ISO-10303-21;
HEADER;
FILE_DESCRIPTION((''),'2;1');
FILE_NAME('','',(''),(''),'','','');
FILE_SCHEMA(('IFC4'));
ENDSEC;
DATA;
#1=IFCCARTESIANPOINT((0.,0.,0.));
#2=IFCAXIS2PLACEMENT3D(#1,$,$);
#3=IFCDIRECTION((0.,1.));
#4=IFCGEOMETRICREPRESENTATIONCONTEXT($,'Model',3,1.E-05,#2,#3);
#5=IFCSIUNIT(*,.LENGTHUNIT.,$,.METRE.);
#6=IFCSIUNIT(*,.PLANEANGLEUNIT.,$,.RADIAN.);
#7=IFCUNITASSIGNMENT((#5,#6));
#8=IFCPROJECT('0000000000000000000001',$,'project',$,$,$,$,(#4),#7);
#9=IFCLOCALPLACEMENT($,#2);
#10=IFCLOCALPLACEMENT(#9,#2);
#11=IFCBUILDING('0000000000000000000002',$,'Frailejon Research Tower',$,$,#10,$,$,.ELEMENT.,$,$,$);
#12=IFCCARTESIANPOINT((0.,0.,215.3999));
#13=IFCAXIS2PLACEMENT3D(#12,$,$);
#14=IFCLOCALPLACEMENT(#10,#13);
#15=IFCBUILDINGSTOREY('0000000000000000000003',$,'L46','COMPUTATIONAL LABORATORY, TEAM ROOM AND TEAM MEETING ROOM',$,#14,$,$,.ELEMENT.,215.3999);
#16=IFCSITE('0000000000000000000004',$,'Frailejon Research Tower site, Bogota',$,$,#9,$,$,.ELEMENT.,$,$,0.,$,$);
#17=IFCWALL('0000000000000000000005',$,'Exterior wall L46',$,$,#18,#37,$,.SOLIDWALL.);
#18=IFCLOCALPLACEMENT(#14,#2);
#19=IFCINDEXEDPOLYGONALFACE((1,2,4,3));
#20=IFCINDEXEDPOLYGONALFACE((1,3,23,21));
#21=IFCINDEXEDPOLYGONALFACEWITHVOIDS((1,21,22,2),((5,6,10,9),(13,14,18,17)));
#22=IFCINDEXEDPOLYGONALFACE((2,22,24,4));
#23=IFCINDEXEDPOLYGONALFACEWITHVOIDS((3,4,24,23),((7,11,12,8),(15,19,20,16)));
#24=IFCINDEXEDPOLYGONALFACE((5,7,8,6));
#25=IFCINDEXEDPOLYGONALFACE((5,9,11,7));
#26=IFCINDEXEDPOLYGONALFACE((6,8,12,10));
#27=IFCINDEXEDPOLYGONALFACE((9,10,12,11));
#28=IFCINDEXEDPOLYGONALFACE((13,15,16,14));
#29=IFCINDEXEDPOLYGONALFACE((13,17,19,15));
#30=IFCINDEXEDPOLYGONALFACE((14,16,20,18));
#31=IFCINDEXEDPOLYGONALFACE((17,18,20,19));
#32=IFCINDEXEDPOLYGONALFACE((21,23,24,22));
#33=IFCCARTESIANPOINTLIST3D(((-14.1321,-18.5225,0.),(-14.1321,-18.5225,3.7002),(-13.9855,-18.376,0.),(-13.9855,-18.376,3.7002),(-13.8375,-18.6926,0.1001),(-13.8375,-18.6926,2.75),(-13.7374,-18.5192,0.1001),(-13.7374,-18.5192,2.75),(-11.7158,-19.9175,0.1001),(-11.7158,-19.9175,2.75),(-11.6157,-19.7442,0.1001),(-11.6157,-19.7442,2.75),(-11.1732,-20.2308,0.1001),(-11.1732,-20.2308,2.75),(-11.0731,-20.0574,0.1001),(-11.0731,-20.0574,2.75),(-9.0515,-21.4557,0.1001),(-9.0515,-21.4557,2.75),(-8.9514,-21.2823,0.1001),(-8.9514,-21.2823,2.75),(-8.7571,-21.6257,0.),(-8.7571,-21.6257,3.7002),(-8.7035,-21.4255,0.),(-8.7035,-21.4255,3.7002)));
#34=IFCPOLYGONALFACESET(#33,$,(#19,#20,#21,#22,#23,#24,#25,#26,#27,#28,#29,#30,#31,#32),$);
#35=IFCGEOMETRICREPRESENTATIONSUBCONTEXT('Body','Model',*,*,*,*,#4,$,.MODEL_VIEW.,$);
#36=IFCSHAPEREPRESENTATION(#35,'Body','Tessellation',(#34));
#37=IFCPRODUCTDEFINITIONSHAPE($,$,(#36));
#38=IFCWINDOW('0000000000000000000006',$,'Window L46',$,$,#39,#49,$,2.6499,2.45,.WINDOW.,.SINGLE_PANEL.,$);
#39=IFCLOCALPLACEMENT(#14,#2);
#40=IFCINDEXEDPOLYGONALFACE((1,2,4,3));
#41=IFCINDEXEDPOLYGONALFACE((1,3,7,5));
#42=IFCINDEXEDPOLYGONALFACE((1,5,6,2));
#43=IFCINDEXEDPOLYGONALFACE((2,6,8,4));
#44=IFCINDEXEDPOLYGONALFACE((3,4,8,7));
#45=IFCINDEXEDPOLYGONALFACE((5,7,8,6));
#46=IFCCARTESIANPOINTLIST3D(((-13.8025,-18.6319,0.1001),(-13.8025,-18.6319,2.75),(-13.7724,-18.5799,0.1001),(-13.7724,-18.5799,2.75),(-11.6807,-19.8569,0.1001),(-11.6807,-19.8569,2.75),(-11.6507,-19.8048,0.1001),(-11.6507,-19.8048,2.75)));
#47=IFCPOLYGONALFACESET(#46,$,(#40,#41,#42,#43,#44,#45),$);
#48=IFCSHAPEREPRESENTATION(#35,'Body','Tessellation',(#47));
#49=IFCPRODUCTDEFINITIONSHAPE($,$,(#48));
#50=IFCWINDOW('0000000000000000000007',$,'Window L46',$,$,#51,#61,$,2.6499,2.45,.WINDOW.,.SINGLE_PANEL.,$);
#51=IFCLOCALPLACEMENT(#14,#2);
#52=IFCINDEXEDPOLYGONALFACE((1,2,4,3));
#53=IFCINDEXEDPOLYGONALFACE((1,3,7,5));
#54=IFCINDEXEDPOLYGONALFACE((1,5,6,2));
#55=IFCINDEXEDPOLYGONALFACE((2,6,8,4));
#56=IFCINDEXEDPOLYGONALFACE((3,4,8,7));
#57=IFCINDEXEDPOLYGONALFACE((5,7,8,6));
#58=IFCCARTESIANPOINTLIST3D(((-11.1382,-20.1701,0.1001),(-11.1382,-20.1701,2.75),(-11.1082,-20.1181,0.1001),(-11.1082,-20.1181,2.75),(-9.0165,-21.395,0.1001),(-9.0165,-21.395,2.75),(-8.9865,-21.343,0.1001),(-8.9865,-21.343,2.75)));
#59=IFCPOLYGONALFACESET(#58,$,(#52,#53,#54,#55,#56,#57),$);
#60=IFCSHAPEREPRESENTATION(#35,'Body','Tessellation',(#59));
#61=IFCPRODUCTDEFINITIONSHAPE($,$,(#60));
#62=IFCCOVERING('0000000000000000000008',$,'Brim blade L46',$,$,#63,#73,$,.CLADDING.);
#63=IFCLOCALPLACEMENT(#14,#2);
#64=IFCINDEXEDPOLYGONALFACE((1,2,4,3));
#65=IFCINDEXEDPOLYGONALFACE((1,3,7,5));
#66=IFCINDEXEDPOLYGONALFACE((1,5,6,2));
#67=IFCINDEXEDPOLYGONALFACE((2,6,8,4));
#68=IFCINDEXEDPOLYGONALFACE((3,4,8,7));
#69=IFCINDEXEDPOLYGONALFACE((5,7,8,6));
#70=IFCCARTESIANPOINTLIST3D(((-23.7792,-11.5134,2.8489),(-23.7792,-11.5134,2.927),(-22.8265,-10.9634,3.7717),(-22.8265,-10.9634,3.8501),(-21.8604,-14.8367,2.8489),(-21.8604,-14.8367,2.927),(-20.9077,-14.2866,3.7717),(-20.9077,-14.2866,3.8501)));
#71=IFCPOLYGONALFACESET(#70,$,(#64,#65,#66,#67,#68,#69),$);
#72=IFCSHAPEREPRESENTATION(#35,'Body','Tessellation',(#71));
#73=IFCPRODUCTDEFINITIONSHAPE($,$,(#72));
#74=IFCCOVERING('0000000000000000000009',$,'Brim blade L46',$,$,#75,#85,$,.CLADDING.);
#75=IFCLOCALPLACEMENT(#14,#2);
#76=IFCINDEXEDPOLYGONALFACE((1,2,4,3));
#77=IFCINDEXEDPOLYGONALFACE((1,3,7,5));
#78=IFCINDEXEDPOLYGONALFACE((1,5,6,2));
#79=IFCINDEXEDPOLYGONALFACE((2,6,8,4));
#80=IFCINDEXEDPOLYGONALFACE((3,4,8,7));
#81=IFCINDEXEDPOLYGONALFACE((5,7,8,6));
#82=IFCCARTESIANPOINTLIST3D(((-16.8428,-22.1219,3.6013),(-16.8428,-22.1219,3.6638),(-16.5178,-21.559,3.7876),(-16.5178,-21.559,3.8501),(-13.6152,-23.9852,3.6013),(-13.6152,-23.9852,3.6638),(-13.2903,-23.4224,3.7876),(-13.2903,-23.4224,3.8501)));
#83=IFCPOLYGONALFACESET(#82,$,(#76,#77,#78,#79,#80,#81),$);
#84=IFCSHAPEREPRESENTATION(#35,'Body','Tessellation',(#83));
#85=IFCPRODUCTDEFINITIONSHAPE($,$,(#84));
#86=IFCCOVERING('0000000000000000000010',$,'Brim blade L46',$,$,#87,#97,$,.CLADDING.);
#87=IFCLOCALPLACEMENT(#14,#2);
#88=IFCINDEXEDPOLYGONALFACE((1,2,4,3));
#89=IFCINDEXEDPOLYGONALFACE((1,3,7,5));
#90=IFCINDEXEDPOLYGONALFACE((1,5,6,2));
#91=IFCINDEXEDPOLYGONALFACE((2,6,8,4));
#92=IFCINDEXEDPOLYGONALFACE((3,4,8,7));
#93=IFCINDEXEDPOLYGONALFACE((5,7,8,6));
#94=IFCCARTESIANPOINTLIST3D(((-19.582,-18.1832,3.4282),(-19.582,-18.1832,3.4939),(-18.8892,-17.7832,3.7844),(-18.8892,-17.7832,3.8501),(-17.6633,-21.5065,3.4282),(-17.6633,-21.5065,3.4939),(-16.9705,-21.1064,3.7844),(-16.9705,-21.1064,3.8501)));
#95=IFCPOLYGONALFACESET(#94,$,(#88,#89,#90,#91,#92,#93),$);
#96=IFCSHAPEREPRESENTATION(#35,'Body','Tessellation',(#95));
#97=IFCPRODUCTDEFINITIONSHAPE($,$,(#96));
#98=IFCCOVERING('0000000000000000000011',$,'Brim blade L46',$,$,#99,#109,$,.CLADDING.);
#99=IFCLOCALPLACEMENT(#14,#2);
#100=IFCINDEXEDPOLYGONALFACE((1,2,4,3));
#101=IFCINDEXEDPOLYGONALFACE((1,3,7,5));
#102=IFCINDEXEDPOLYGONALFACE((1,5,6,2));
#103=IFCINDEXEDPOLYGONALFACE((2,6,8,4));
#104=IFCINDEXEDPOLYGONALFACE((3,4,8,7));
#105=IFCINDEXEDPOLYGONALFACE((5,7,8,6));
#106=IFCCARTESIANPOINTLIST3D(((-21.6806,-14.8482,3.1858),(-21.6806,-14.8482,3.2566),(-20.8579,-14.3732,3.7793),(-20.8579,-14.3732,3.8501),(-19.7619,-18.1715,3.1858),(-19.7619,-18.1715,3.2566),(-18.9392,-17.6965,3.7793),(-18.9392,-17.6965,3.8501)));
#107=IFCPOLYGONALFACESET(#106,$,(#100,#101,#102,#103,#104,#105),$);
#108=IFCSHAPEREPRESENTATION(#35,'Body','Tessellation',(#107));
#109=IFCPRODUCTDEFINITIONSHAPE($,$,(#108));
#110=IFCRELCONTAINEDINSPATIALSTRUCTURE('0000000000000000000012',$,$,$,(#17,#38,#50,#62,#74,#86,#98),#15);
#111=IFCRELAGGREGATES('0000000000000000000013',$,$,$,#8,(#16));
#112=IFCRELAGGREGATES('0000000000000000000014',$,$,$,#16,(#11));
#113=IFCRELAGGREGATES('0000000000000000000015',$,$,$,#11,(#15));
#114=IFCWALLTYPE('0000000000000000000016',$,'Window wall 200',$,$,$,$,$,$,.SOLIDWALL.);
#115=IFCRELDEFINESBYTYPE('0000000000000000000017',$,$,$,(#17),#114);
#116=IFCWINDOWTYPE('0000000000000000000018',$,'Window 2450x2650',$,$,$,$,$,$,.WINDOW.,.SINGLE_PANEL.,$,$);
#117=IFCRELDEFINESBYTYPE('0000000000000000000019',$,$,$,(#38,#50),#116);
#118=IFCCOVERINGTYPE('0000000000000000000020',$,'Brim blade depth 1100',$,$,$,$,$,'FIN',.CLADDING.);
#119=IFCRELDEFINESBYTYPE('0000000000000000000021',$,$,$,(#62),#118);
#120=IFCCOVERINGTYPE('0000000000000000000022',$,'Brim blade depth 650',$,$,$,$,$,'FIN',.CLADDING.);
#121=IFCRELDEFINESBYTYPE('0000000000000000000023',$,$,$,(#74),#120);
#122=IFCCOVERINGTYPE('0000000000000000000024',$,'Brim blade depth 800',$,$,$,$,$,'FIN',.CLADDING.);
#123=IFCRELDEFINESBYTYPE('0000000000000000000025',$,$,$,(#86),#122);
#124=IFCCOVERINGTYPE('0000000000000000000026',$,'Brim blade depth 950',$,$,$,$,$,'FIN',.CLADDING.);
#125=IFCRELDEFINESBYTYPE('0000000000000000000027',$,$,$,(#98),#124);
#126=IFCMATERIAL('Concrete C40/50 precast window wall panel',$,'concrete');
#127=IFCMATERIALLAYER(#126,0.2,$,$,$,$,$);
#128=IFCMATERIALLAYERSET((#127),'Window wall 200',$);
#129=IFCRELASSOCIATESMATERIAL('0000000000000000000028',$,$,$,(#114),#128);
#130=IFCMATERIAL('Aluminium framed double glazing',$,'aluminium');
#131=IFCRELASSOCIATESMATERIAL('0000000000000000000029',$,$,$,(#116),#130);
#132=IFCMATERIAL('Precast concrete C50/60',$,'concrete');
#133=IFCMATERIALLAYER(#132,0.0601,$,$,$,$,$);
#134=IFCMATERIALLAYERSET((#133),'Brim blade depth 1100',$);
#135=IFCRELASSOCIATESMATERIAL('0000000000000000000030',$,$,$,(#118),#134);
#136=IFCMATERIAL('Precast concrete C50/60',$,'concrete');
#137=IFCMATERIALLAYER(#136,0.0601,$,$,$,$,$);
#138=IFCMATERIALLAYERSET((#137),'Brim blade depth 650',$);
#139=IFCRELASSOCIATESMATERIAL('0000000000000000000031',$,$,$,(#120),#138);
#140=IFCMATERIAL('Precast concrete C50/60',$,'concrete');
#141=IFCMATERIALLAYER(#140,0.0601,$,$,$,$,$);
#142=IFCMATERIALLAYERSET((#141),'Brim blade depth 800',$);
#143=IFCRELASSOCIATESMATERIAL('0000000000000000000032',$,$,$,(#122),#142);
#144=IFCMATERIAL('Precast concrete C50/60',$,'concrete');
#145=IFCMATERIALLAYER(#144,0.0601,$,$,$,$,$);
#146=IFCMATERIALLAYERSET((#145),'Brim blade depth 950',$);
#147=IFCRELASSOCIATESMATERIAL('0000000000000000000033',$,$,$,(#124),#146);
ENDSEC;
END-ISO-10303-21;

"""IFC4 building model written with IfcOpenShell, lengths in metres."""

from ifc_helpers import new_model, si_unit, direction, frame, frame_2d, origin, place, context, subcontext, project, spatial, polyline, rectangle, outline, extrude, material, layer, layer_set, type_object, element, fill, save


model = new_model("IFC4")

# Units and contexts
model_context = context("Model", 3, precision=1e-05, world=origin(), true_north=direction((0.0, 1.0)))
body_context = subcontext(model_context, "Body", "Model", "MODEL_VIEW")
ifc_project = project(units=[si_unit("LENGTHUNIT", "METRE"), si_unit("PLANEANGLEUNIT", "RADIAN")], contexts=[model_context])

# Site, building, storey
site_placement = place(None, origin())
site = spatial("IfcSite", under=ifc_project, at=site_placement, Name="Frailejon Research Tower site, Bogota", CompositionType="ELEMENT", RefElevation=0.0)
building_placement = place(site_placement, origin())
building = spatial("IfcBuilding", under=site, at=building_placement, Name="Frailejon Research Tower", CompositionType="ELEMENT")
storey_placement = place(building_placement, frame((0.0, 0.0, 215.3999)))
storey = spatial("IfcBuildingStorey", under=building, at=storey_placement, Name="L46", Description="COMPUTATIONAL LABORATORY, TEAM ROOM AND TEAM MEETING ROOM", CompositionType="ELEMENT", Elevation=215.3999)

# Wall, openings, windows
ifc_material_1 = material(Name="Concrete C40/50 precast window wall panel", Category="concrete")
ifc_layer_1 = layer(ifc_material_1, 0.2)
ifc_layer_set_1 = layer_set([ifc_layer_1], Name="Window wall 200")
wall_type_1 = type_object("IfcWallType", Name="Window wall 200", PredefinedType="SOLIDWALL", material=ifc_layer_set_1)
wall_1_placement = place(storey_placement, frame((-14.0588, -18.4492, 0.0), z_axis=(0.0, 0.0, 1.0), x_axis=(0.86603, -0.499993, 0.0)))
wall_1 = element("IfcWall", 1, at=wall_1_placement, inside=storey, type_object=wall_type_1, Name="Exterior wall L46", PredefinedType="SOLIDWALL", context=body_context, shape_type="SweptSolid", body=[
    extrude(outline(polyline([(-0.0269, -0.1001), (1.0076, -0.1001), (2.042, -0.1001), (3.0764, -0.1001), (4.1108, -0.1001), (5.1453, -0.1001), (6.1797, -0.1001), (6.126, 0.1001), (5.1094, 0.1001), (4.093, 0.1001), (3.0764, 0.1001), (2.0598, 0.1001), (1.0435, 0.1001), (0.0269, 0.1001), (-0.0269, -0.1001)])), origin(), (0.0, 0.0, 1.0), 3.7002),
])
opening_1_placement = place(wall_1_placement, frame((0.3132, 0.0, 0.1001)))
opening_1 = element("IfcOpeningElement", 2, at=opening_1_placement, cuts=wall_1, PredefinedType="OPENING", context=body_context, shape_type="SweptSolid", body=[
    extrude(rectangle(XDim=2.45, YDim=2.6499, at=frame_2d((1.2251, 1.325))), frame((0.0, 0.1099, 0.0), z_axis=(0.0, -1.0, 0.0), x_axis=(1.0, 0.0, 0.0)), (0.0, 0.0, 1.0), 0.22),
])
opening_2_placement = place(wall_1_placement, frame((3.3896, 0.0, 0.1001)))
opening_2 = element("IfcOpeningElement", 3, at=opening_2_placement, cuts=wall_1, PredefinedType="OPENING", context=body_context, shape_type="SweptSolid", body=[
    extrude(rectangle(XDim=2.45, YDim=2.6499, at=frame_2d((1.2251, 1.325))), frame((0.0, 0.1099, 0.0), z_axis=(0.0, -1.0, 0.0), x_axis=(1.0, 0.0, 0.0)), (0.0, 0.0, 1.0), 0.22),
])
ifc_material_2 = material(Name="Aluminium framed double glazing", Category="aluminium")
window_type = type_object("IfcWindowType", Name="Window 2450x2650", PartitioningType="SINGLE_PANEL", PredefinedType="WINDOW", material=ifc_material_2)
window_1_placement = place(opening_1_placement, origin())
window_1 = element("IfcWindow", 4, at=window_1_placement, inside=storey, type_object=window_type, Name="Window L46", OverallHeight=2.6499, OverallWidth=2.45, PartitioningType="SINGLE_PANEL", PredefinedType="WINDOW", context=body_context, shape_type="SweptSolid", body=[
    extrude(rectangle(XDim=2.45, YDim=2.6499, at=frame_2d((1.2251, 1.325))), frame((0.0, 0.03, 0.0), z_axis=(0.0, -1.0, 0.0), x_axis=(1.0, 0.0, 0.0)), (0.0, 0.0, 1.0), 0.0601),
])
fill(opening_1, window_1)
window_2_placement = place(opening_2_placement, origin())
window_2 = element("IfcWindow", 5, at=window_2_placement, inside=storey, type_object=window_type, Name="Window L46", OverallHeight=2.6499, OverallWidth=2.45, PartitioningType="SINGLE_PANEL", PredefinedType="WINDOW", context=body_context, shape_type="SweptSolid", body=[
    extrude(rectangle(XDim=2.45, YDim=2.6499, at=frame_2d((1.2251, 1.325))), frame((0.0, 0.03, 0.0), z_axis=(0.0, -1.0, 0.0), x_axis=(1.0, 0.0, 0.0)), (0.0, 0.0, 1.0), 0.0601),
])
fill(opening_2, window_2)

# Coverings
ifc_material_3 = material(Name="Precast concrete C50/60", Category="concrete")
ifc_layer_2 = layer(ifc_material_3, 0.0601)
ifc_layer_set_2 = layer_set([ifc_layer_2], Name="Brim blade depth 1100")
covering_type_1 = type_object("IfcCoveringType", Name="Brim blade depth 1100", ElementType="FIN", PredefinedType="CLADDING", material=ifc_layer_set_2)
covering_1_placement = place(storey_placement, frame((-20.9077, -14.2866, 3.8501), z_axis=(-0.50001, 0.86602, 0.0), x_axis=(-0.86602, -0.50001, 0.0)))
element("IfcCovering", 6, at=covering_1_placement, inside=storey, type_object=covering_type_1, Name="Brim blade L46", PredefinedType="CLADDING", context=body_context, shape_type="SweptSolid", body=[
    extrude(outline(polyline([(0.0, -0.0784), (1.1001, -1.0012), (1.1001, -0.9231), (0.0, 0.0), (0.0, -0.0784)])), origin(), (0.0, 0.0, 1.0), 3.8374),
])
ifc_material_4 = material(Name="Precast concrete C50/60", Category="concrete")
ifc_layer_3 = layer(ifc_material_4, 0.0601)
ifc_layer_set_3 = layer_set([ifc_layer_3], Name="Brim blade depth 650")
covering_type_2 = type_object("IfcCoveringType", Name="Brim blade depth 650", ElementType="FIN", PredefinedType="CLADDING", material=ifc_layer_set_3)
covering_2_placement = place(storey_placement, frame((-13.2903, -23.4224, 3.8501), z_axis=(-0.866036, 0.499981, 0.0), x_axis=(-0.499981, -0.866036, 0.0)))
element("IfcCovering", 7, at=covering_2_placement, inside=storey, type_object=covering_type_2, Name="Brim blade L46", PredefinedType="CLADDING", context=body_context, shape_type="SweptSolid", body=[
    extrude(outline(polyline([(0.0, -0.0625), (0.6499, -0.2488), (0.6499, -0.1863), (0.0, 0.0), (0.0, -0.0625)])), origin(), (0.0, 0.0, 1.0), 3.7268),
])
ifc_material_5 = material(Name="Precast concrete C50/60", Category="concrete")
ifc_layer_4 = layer(ifc_material_5, 0.0601)
ifc_layer_set_4 = layer_set([ifc_layer_4], Name="Brim blade depth 800")
covering_type_3 = type_object("IfcCoveringType", Name="Brim blade depth 800", ElementType="FIN", PredefinedType="CLADDING", material=ifc_layer_set_4)
covering_3_placement = place(storey_placement, frame((-16.9705, -21.1064, 3.8501), z_axis=(-0.499999, 0.866026, 0.0), x_axis=(-0.866026, -0.499999, 0.0)))
element("IfcCovering", 8, at=covering_3_placement, inside=storey, type_object=covering_type_3, Name="Brim blade L46", PredefinedType="CLADDING", context=body_context, shape_type="SweptSolid", body=[
    extrude(outline(polyline([(0.0, -0.0657), (0.8, -0.4219), (0.8, -0.3562), (0.0, 0.0), (0.0, -0.0657)])), origin(), (0.0, 0.0, 1.0), 3.8374),
])
ifc_material_6 = material(Name="Precast concrete C50/60", Category="concrete")
ifc_layer_5 = layer(ifc_material_6, 0.0601)
ifc_layer_set_5 = layer_set([ifc_layer_5], Name="Brim blade depth 950")
covering_type_4 = type_object("IfcCoveringType", Name="Brim blade depth 950", ElementType="FIN", PredefinedType="CLADDING", material=ifc_layer_set_5)
covering_4_placement = place(storey_placement, frame((-18.9392, -17.6965, 3.8501), z_axis=(-0.499999, 0.866026, 0.0), x_axis=(-0.866026, -0.499999, 0.0)))
element("IfcCovering", 9, at=covering_4_placement, inside=storey, type_object=covering_type_4, Name="Brim blade L46", PredefinedType="CLADDING", context=body_context, shape_type="SweptSolid", body=[
    extrude(outline(polyline([(0.0, -0.0708), (0.95, -0.6643), (0.95, -0.5935), (0.0, 0.0), (0.0, -0.0708)])), origin(), (0.0, 0.0, 1.0), 3.8374),
])

save(model, "model.ifc")
